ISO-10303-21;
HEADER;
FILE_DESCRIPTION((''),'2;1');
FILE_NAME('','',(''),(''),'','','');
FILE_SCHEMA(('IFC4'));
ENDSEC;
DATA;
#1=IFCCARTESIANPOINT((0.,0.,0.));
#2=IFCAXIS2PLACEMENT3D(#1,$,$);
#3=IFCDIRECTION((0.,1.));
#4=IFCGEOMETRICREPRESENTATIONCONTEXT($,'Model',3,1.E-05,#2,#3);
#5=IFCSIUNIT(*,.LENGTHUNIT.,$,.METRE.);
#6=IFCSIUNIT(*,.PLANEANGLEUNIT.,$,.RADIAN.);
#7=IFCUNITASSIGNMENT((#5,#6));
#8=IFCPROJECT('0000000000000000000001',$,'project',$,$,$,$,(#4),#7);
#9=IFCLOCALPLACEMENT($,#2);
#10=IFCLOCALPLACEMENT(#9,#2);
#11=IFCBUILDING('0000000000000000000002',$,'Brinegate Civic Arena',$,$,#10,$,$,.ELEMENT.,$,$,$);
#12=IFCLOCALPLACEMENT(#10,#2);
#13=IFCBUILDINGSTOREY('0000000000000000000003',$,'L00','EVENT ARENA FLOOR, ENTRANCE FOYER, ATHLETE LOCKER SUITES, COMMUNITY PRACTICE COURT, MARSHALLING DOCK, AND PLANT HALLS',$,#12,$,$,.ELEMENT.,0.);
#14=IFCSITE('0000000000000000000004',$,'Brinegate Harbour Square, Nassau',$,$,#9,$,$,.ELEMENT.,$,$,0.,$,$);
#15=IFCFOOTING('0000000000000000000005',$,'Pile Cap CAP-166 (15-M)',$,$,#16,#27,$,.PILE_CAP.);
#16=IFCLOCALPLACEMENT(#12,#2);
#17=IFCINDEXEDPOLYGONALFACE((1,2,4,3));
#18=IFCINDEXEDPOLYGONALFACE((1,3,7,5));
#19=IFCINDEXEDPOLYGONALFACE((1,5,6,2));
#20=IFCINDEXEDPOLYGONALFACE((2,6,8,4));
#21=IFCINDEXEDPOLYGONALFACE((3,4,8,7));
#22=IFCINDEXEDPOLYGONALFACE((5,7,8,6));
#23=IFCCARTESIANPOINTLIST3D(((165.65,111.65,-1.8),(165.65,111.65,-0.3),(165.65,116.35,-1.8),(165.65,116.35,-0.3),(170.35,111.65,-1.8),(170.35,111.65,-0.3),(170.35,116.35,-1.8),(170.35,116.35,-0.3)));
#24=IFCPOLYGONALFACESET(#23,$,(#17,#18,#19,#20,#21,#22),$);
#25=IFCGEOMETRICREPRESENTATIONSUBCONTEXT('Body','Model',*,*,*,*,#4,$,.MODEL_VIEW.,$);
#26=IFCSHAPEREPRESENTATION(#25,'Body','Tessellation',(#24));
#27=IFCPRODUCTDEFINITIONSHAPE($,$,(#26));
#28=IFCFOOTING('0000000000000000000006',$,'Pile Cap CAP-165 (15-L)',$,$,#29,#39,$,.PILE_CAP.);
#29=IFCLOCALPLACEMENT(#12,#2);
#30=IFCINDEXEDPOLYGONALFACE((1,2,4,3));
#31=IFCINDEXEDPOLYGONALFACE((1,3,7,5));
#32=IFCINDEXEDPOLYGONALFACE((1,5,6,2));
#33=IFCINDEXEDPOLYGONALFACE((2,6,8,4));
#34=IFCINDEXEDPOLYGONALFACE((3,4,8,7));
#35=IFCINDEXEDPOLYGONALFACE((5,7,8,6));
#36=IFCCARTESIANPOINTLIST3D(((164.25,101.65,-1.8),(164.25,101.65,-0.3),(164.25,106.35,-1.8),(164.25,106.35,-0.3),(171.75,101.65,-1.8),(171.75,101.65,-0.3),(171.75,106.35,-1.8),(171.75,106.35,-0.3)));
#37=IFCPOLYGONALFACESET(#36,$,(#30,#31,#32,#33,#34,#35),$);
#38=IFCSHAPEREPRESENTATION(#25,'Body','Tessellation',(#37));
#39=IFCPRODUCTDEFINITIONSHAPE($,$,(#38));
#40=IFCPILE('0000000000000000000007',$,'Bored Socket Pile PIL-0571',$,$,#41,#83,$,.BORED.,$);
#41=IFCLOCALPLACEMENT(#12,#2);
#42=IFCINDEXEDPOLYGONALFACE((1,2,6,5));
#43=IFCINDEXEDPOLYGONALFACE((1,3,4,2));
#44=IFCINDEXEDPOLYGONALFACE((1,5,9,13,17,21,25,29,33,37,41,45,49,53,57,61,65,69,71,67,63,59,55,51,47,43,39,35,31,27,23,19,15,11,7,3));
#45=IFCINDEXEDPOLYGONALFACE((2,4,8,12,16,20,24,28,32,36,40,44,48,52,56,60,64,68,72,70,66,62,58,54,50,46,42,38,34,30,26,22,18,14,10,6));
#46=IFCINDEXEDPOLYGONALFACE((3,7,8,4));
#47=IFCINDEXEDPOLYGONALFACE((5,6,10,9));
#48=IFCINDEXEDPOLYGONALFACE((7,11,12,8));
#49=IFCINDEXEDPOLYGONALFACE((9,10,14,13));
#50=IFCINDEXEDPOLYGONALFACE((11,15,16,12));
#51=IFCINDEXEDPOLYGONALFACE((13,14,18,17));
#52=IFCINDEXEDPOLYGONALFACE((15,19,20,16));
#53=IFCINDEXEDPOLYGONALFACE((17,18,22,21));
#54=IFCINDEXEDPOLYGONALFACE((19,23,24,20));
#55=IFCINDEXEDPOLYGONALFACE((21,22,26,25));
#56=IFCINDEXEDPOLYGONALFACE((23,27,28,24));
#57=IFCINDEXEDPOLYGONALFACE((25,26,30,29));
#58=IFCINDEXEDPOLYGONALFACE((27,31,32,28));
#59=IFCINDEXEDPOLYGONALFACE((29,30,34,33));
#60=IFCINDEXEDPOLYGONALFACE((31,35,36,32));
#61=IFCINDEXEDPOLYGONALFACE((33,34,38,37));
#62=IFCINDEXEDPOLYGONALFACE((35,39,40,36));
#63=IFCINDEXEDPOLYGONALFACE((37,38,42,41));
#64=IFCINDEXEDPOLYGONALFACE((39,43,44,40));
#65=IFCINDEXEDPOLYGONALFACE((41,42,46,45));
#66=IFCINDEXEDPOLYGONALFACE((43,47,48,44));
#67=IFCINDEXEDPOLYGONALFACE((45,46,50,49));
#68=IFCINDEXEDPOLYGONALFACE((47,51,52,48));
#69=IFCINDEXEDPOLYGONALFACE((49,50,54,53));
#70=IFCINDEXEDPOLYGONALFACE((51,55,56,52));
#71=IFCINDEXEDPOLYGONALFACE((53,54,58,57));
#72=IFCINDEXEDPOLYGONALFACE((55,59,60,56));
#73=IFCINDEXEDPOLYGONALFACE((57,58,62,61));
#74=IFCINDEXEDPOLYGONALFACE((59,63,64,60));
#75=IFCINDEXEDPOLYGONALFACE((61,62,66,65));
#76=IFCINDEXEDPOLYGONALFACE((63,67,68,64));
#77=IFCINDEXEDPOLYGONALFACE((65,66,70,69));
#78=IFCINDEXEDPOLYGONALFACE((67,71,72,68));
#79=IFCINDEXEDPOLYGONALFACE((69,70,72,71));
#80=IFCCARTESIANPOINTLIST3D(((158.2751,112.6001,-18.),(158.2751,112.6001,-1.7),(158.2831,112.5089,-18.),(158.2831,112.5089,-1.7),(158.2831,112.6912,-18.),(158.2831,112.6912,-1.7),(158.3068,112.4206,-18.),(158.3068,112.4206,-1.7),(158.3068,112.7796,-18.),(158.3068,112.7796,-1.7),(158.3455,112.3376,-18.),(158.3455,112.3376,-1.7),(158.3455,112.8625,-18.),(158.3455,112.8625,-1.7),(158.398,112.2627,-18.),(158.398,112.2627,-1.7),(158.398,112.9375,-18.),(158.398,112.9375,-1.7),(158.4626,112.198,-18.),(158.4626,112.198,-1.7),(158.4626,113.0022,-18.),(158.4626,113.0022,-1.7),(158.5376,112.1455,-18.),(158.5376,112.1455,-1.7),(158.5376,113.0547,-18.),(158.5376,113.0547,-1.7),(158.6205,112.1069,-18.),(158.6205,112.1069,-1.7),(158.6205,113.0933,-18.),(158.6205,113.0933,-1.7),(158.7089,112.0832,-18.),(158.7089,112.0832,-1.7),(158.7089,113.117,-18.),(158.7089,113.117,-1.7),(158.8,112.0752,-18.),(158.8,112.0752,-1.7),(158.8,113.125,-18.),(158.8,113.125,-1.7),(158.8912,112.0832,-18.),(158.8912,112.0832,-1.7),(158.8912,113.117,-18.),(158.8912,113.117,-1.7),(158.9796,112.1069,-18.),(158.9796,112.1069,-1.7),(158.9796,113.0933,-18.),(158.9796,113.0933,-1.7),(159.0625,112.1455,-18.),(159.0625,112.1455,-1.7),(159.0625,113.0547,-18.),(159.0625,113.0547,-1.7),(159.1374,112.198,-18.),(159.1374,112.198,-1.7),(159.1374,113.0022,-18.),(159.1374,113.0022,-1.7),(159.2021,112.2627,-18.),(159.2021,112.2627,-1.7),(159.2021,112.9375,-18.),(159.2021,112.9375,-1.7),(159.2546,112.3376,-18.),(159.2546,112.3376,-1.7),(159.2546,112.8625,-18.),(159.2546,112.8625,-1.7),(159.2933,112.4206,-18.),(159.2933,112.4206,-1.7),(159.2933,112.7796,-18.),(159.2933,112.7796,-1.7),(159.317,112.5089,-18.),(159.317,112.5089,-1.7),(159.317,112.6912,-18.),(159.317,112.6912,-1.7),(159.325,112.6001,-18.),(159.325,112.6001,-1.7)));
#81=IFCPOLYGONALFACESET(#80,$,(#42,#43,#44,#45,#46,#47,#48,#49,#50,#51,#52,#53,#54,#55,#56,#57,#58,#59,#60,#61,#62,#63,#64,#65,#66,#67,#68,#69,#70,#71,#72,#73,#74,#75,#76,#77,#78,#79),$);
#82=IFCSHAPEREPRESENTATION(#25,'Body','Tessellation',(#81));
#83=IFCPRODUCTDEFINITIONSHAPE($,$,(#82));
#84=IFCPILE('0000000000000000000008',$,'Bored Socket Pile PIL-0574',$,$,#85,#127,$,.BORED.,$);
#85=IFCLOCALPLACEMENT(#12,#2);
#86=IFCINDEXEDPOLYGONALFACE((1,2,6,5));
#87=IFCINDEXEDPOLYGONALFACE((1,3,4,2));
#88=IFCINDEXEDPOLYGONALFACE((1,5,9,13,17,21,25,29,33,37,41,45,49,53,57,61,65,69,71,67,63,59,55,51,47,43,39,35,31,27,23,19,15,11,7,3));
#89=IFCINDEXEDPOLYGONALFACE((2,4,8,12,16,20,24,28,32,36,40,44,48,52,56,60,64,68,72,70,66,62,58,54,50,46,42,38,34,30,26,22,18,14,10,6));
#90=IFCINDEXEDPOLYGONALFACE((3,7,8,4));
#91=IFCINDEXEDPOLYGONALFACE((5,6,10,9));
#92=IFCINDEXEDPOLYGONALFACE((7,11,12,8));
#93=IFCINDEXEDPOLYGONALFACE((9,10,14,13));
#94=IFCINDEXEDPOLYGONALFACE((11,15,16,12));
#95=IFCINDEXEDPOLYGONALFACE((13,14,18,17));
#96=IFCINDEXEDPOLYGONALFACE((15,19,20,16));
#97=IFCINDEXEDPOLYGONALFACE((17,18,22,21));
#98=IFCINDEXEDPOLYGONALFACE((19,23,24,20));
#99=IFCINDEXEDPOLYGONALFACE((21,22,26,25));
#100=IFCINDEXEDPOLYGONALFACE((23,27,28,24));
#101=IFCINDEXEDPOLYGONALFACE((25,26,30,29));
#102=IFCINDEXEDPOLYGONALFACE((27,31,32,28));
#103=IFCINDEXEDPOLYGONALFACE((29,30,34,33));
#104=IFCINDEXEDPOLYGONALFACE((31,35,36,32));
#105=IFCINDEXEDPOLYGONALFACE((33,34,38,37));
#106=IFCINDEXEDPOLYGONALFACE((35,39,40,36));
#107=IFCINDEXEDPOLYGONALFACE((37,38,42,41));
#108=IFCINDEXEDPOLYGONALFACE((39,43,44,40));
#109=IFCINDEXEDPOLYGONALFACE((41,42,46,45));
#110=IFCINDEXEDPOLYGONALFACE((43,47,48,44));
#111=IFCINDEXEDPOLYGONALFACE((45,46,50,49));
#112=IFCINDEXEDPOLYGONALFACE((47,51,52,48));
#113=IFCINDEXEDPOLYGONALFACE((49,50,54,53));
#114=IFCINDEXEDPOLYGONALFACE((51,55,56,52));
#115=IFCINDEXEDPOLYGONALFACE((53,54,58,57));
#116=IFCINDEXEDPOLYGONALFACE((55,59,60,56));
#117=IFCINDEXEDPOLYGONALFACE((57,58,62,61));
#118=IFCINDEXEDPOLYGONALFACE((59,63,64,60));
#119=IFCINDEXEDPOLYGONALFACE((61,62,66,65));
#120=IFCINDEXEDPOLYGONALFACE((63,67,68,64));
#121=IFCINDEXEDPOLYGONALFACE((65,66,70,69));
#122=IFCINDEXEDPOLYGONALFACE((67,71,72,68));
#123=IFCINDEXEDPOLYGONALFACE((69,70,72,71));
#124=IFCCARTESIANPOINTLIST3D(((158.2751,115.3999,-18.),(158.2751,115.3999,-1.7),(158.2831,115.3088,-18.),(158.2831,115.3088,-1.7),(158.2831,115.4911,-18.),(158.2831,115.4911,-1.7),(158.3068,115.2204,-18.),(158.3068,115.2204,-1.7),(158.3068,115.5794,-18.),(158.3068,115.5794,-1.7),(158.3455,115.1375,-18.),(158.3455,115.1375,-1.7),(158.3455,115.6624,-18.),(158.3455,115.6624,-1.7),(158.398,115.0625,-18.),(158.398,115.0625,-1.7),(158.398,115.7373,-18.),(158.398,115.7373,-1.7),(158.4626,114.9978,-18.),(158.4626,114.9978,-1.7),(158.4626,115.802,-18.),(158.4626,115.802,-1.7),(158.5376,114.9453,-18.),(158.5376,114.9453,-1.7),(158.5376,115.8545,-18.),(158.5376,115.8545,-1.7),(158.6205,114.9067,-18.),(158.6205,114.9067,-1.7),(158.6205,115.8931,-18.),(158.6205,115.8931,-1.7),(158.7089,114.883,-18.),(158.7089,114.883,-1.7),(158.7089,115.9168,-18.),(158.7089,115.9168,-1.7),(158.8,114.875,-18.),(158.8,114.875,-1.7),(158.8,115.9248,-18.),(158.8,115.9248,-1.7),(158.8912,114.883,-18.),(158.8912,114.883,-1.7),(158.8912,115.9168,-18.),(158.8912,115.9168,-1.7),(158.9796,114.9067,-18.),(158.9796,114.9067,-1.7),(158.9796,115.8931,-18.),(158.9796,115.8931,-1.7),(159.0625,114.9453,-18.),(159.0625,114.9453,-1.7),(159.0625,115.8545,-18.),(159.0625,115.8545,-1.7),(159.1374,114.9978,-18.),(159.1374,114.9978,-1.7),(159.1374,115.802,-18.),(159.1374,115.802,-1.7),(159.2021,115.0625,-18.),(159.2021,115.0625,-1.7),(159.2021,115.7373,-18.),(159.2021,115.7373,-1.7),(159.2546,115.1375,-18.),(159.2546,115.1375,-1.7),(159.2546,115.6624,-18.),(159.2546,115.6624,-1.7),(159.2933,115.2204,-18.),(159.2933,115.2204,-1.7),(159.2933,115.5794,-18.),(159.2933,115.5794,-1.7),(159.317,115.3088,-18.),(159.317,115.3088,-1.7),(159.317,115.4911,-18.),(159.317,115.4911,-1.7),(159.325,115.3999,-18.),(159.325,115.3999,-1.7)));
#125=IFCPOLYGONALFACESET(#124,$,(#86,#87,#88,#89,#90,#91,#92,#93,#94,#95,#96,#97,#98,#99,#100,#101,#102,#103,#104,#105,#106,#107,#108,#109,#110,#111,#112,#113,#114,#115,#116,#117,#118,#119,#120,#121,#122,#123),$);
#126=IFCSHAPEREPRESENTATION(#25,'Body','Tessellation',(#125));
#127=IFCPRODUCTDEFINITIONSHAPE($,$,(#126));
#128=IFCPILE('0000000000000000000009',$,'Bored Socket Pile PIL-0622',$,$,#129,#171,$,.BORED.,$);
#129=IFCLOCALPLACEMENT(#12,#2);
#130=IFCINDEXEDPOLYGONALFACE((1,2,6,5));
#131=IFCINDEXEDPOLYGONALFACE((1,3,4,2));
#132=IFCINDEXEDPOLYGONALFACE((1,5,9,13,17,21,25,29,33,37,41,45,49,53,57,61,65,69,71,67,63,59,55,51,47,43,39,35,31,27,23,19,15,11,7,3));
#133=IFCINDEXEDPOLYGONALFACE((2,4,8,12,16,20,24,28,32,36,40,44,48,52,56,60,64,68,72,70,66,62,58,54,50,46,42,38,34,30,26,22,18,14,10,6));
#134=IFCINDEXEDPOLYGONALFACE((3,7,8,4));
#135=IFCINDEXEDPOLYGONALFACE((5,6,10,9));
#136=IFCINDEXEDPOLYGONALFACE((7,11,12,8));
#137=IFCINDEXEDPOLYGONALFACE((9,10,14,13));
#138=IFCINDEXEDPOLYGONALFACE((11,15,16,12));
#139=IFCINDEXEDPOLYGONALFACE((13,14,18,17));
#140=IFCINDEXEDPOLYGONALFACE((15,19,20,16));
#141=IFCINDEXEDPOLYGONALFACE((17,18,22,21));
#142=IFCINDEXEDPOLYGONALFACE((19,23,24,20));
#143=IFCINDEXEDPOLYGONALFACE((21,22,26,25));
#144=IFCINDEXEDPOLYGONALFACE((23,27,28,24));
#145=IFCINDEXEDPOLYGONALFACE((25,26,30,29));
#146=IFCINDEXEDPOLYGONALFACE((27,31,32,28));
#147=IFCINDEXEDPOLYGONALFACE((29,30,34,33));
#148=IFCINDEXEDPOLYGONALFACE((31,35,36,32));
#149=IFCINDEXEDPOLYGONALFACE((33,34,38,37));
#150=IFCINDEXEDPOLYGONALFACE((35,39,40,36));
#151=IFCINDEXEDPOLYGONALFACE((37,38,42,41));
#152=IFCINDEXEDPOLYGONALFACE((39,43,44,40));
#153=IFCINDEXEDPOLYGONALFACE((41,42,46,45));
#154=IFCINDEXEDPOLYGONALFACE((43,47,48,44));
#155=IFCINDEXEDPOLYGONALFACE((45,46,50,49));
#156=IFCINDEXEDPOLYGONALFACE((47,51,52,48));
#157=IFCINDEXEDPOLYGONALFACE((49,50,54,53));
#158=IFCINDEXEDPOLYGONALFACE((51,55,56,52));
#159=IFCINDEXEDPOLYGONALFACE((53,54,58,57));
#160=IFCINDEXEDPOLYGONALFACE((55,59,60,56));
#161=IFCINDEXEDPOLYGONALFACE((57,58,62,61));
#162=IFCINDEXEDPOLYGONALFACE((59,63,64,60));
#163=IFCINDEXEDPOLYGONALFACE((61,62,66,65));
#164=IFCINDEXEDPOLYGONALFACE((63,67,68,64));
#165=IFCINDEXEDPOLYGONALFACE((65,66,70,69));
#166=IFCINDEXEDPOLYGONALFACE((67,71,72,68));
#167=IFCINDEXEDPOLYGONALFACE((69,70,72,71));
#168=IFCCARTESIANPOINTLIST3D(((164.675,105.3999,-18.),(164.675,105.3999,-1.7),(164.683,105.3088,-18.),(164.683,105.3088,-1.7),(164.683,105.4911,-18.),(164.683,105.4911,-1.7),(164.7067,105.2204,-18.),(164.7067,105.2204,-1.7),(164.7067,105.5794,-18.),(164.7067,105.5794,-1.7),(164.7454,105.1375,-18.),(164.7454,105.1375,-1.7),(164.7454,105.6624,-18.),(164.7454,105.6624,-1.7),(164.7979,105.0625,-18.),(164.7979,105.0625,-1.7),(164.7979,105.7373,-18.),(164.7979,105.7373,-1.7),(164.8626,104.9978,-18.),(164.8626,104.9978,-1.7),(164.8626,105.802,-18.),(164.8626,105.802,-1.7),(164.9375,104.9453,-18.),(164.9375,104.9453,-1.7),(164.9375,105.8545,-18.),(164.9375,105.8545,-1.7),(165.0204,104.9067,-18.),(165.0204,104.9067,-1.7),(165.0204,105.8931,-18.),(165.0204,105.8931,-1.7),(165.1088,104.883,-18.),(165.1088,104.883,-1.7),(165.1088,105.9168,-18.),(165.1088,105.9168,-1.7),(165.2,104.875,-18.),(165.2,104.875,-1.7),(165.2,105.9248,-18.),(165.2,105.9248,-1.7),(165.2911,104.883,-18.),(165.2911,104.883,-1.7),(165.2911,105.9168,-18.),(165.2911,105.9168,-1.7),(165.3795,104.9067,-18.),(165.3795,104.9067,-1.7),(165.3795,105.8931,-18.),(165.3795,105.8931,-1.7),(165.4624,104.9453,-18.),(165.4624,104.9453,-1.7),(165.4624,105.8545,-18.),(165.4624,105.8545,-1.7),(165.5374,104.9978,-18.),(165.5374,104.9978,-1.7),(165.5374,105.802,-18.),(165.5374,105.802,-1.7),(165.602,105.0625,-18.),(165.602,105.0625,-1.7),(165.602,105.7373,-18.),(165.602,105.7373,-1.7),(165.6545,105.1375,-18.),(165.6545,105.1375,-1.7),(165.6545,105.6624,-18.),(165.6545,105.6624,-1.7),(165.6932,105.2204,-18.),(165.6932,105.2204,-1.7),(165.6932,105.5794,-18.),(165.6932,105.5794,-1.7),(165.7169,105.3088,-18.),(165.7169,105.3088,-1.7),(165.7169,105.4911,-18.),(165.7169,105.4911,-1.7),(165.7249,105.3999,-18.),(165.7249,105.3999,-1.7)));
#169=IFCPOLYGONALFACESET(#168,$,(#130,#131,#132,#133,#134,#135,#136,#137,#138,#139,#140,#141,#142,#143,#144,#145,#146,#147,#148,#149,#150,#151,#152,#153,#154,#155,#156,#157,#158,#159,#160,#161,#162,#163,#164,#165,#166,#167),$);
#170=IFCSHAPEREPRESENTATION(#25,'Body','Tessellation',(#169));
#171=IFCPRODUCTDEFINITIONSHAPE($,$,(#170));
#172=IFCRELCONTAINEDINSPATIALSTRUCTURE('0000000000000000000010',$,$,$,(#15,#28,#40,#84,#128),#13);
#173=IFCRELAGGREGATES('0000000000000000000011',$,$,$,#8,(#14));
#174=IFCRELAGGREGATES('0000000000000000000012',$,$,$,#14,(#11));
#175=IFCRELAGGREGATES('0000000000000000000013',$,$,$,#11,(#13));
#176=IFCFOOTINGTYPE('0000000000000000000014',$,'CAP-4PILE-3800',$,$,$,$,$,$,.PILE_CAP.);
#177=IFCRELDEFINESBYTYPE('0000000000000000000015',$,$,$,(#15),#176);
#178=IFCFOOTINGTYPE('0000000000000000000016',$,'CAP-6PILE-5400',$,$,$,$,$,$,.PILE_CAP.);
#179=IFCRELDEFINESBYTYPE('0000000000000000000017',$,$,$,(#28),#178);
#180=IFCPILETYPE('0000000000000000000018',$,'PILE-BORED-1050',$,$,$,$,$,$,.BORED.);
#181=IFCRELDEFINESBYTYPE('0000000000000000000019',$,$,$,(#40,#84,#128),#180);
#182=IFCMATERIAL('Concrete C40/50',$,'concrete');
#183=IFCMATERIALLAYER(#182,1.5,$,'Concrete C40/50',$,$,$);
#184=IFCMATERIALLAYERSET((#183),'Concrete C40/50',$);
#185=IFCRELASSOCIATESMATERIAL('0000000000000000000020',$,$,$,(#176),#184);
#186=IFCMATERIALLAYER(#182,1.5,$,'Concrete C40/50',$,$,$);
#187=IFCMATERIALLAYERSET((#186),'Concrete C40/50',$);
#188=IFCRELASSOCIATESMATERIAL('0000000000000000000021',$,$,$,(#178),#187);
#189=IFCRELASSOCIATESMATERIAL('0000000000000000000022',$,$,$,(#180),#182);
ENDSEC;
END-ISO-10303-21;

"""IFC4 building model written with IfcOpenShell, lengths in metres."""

from ifc_helpers import new_model, si_unit, direction, frame, origin, origin_2d, place, context, subcontext, project, spatial, rectangle, circle, extrude, material, layer, layer_set, material_profile, profile_set, type_object, element, save


model = new_model("IFC4")

# Units and contexts
model_context = context("Model", 3, precision=1e-05, world=origin(), true_north=direction((0.0, 1.0)))
body_context = subcontext(model_context, "Body", "Model", "MODEL_VIEW")
ifc_project = project(units=[si_unit("LENGTHUNIT", "METRE"), si_unit("PLANEANGLEUNIT", "RADIAN")], contexts=[model_context])

# Site, building, storey
site_placement = place(None, origin())
site = spatial("IfcSite", under=ifc_project, at=site_placement, Name="Brinegate Harbour Square, Nassau", CompositionType="ELEMENT", RefElevation=0.0)
building_placement = place(site_placement, origin())
building = spatial("IfcBuilding", under=site, at=building_placement, Name="Brinegate Civic Arena", CompositionType="ELEMENT")
storey_placement = place(building_placement, origin())
storey = spatial("IfcBuildingStorey", under=building, at=storey_placement, Name="L00", Description="EVENT ARENA FLOOR, ENTRANCE FOYER, ATHLETE LOCKER SUITES, COMMUNITY PRACTICE COURT, MARSHALLING DOCK, AND PLANT HALLS", CompositionType="ELEMENT", Elevation=0.0)

# Footings
ifc_material_1 = material(Name="Concrete C40/50", Category="concrete")
ifc_layer_1 = layer(ifc_material_1, 1.5, Name="Concrete C40/50")
ifc_layer_set_1 = layer_set([ifc_layer_1], Name="Concrete C40/50")
footing_type_1 = type_object("IfcFootingType", Name="CAP-4PILE-3800", PredefinedType="PILE_CAP", material=ifc_layer_set_1)
footing_1_placement = place(storey_placement, frame((168.0, 114.0, -1.8), z_axis=(0.0, 0.0, 1.0), x_axis=(1.0, 0.0, 0.0)))
element("IfcFooting", 1, at=footing_1_placement, inside=storey, type_object=footing_type_1, Name="Pile Cap CAP-166 (15-M)", PredefinedType="PILE_CAP", context=body_context, shape_type="SweptSolid", body=[
    extrude(rectangle(XDim=4.7, YDim=4.7, at=origin_2d()), origin(), (0.0, 0.0, 1.0), 1.5),
])
ifc_layer_2 = layer(ifc_material_1, 1.5, Name="Concrete C40/50")
ifc_layer_set_2 = layer_set([ifc_layer_2], Name="Concrete C40/50")
footing_type_2 = type_object("IfcFootingType", Name="CAP-6PILE-5400", PredefinedType="PILE_CAP", material=ifc_layer_set_2)
footing_2_placement = place(storey_placement, frame((168.0, 104.0, -1.8), z_axis=(0.0, 0.0, 1.0), x_axis=(1.0, 0.0, 0.0)))
element("IfcFooting", 2, at=footing_2_placement, inside=storey, type_object=footing_type_2, Name="Pile Cap CAP-165 (15-L)", PredefinedType="PILE_CAP", context=body_context, shape_type="SweptSolid", body=[
    extrude(rectangle(XDim=7.5, YDim=4.7, at=origin_2d()), origin(), (0.0, 0.0, 1.0), 1.5),
])

# Piles
ifc_material_profile_1 = material_profile(ifc_material_1, circle(Radius=0.5249, at=origin_2d()), Name="PILED1050")
ifc_profile_set_1 = profile_set([ifc_material_profile_1], Name="Concrete C40/50")
pile_type_1 = type_object("IfcPileType", Name="PILE-BORED-1050", PredefinedType="BORED", material=ifc_profile_set_1)
for number, where, z_axis, x_axis, name in (
    (3, (158.8, 112.6001, -1.7), (0.0, 0.0, -1.0), (1.0, 0.0, 0.0), "Bored Socket Pile PIL-0571"),
    (4, (158.8, 115.3999, -1.7), (0.0, 0.0, -1.0), (1.0, 0.0, 0.0), "Bored Socket Pile PIL-0574"),
    (5, (165.2, 105.3999, -1.7), (0.0, 0.0, -1.0), (1.0, 0.0, 0.0), "Bored Socket Pile PIL-0622"),
):
    element("IfcPile", number, at=place(storey_placement, frame(where, z_axis=z_axis, x_axis=x_axis)), inside=storey, type_object=pile_type_1, Name=name, PredefinedType="BORED", context=body_context, shape_type="SweptSolid", body=[
        extrude(circle(Radius=0.5249, at=origin_2d()), origin(), (0.0, 0.0, 1.0), 16.3),
    ])

save(model, "model.ifc")
